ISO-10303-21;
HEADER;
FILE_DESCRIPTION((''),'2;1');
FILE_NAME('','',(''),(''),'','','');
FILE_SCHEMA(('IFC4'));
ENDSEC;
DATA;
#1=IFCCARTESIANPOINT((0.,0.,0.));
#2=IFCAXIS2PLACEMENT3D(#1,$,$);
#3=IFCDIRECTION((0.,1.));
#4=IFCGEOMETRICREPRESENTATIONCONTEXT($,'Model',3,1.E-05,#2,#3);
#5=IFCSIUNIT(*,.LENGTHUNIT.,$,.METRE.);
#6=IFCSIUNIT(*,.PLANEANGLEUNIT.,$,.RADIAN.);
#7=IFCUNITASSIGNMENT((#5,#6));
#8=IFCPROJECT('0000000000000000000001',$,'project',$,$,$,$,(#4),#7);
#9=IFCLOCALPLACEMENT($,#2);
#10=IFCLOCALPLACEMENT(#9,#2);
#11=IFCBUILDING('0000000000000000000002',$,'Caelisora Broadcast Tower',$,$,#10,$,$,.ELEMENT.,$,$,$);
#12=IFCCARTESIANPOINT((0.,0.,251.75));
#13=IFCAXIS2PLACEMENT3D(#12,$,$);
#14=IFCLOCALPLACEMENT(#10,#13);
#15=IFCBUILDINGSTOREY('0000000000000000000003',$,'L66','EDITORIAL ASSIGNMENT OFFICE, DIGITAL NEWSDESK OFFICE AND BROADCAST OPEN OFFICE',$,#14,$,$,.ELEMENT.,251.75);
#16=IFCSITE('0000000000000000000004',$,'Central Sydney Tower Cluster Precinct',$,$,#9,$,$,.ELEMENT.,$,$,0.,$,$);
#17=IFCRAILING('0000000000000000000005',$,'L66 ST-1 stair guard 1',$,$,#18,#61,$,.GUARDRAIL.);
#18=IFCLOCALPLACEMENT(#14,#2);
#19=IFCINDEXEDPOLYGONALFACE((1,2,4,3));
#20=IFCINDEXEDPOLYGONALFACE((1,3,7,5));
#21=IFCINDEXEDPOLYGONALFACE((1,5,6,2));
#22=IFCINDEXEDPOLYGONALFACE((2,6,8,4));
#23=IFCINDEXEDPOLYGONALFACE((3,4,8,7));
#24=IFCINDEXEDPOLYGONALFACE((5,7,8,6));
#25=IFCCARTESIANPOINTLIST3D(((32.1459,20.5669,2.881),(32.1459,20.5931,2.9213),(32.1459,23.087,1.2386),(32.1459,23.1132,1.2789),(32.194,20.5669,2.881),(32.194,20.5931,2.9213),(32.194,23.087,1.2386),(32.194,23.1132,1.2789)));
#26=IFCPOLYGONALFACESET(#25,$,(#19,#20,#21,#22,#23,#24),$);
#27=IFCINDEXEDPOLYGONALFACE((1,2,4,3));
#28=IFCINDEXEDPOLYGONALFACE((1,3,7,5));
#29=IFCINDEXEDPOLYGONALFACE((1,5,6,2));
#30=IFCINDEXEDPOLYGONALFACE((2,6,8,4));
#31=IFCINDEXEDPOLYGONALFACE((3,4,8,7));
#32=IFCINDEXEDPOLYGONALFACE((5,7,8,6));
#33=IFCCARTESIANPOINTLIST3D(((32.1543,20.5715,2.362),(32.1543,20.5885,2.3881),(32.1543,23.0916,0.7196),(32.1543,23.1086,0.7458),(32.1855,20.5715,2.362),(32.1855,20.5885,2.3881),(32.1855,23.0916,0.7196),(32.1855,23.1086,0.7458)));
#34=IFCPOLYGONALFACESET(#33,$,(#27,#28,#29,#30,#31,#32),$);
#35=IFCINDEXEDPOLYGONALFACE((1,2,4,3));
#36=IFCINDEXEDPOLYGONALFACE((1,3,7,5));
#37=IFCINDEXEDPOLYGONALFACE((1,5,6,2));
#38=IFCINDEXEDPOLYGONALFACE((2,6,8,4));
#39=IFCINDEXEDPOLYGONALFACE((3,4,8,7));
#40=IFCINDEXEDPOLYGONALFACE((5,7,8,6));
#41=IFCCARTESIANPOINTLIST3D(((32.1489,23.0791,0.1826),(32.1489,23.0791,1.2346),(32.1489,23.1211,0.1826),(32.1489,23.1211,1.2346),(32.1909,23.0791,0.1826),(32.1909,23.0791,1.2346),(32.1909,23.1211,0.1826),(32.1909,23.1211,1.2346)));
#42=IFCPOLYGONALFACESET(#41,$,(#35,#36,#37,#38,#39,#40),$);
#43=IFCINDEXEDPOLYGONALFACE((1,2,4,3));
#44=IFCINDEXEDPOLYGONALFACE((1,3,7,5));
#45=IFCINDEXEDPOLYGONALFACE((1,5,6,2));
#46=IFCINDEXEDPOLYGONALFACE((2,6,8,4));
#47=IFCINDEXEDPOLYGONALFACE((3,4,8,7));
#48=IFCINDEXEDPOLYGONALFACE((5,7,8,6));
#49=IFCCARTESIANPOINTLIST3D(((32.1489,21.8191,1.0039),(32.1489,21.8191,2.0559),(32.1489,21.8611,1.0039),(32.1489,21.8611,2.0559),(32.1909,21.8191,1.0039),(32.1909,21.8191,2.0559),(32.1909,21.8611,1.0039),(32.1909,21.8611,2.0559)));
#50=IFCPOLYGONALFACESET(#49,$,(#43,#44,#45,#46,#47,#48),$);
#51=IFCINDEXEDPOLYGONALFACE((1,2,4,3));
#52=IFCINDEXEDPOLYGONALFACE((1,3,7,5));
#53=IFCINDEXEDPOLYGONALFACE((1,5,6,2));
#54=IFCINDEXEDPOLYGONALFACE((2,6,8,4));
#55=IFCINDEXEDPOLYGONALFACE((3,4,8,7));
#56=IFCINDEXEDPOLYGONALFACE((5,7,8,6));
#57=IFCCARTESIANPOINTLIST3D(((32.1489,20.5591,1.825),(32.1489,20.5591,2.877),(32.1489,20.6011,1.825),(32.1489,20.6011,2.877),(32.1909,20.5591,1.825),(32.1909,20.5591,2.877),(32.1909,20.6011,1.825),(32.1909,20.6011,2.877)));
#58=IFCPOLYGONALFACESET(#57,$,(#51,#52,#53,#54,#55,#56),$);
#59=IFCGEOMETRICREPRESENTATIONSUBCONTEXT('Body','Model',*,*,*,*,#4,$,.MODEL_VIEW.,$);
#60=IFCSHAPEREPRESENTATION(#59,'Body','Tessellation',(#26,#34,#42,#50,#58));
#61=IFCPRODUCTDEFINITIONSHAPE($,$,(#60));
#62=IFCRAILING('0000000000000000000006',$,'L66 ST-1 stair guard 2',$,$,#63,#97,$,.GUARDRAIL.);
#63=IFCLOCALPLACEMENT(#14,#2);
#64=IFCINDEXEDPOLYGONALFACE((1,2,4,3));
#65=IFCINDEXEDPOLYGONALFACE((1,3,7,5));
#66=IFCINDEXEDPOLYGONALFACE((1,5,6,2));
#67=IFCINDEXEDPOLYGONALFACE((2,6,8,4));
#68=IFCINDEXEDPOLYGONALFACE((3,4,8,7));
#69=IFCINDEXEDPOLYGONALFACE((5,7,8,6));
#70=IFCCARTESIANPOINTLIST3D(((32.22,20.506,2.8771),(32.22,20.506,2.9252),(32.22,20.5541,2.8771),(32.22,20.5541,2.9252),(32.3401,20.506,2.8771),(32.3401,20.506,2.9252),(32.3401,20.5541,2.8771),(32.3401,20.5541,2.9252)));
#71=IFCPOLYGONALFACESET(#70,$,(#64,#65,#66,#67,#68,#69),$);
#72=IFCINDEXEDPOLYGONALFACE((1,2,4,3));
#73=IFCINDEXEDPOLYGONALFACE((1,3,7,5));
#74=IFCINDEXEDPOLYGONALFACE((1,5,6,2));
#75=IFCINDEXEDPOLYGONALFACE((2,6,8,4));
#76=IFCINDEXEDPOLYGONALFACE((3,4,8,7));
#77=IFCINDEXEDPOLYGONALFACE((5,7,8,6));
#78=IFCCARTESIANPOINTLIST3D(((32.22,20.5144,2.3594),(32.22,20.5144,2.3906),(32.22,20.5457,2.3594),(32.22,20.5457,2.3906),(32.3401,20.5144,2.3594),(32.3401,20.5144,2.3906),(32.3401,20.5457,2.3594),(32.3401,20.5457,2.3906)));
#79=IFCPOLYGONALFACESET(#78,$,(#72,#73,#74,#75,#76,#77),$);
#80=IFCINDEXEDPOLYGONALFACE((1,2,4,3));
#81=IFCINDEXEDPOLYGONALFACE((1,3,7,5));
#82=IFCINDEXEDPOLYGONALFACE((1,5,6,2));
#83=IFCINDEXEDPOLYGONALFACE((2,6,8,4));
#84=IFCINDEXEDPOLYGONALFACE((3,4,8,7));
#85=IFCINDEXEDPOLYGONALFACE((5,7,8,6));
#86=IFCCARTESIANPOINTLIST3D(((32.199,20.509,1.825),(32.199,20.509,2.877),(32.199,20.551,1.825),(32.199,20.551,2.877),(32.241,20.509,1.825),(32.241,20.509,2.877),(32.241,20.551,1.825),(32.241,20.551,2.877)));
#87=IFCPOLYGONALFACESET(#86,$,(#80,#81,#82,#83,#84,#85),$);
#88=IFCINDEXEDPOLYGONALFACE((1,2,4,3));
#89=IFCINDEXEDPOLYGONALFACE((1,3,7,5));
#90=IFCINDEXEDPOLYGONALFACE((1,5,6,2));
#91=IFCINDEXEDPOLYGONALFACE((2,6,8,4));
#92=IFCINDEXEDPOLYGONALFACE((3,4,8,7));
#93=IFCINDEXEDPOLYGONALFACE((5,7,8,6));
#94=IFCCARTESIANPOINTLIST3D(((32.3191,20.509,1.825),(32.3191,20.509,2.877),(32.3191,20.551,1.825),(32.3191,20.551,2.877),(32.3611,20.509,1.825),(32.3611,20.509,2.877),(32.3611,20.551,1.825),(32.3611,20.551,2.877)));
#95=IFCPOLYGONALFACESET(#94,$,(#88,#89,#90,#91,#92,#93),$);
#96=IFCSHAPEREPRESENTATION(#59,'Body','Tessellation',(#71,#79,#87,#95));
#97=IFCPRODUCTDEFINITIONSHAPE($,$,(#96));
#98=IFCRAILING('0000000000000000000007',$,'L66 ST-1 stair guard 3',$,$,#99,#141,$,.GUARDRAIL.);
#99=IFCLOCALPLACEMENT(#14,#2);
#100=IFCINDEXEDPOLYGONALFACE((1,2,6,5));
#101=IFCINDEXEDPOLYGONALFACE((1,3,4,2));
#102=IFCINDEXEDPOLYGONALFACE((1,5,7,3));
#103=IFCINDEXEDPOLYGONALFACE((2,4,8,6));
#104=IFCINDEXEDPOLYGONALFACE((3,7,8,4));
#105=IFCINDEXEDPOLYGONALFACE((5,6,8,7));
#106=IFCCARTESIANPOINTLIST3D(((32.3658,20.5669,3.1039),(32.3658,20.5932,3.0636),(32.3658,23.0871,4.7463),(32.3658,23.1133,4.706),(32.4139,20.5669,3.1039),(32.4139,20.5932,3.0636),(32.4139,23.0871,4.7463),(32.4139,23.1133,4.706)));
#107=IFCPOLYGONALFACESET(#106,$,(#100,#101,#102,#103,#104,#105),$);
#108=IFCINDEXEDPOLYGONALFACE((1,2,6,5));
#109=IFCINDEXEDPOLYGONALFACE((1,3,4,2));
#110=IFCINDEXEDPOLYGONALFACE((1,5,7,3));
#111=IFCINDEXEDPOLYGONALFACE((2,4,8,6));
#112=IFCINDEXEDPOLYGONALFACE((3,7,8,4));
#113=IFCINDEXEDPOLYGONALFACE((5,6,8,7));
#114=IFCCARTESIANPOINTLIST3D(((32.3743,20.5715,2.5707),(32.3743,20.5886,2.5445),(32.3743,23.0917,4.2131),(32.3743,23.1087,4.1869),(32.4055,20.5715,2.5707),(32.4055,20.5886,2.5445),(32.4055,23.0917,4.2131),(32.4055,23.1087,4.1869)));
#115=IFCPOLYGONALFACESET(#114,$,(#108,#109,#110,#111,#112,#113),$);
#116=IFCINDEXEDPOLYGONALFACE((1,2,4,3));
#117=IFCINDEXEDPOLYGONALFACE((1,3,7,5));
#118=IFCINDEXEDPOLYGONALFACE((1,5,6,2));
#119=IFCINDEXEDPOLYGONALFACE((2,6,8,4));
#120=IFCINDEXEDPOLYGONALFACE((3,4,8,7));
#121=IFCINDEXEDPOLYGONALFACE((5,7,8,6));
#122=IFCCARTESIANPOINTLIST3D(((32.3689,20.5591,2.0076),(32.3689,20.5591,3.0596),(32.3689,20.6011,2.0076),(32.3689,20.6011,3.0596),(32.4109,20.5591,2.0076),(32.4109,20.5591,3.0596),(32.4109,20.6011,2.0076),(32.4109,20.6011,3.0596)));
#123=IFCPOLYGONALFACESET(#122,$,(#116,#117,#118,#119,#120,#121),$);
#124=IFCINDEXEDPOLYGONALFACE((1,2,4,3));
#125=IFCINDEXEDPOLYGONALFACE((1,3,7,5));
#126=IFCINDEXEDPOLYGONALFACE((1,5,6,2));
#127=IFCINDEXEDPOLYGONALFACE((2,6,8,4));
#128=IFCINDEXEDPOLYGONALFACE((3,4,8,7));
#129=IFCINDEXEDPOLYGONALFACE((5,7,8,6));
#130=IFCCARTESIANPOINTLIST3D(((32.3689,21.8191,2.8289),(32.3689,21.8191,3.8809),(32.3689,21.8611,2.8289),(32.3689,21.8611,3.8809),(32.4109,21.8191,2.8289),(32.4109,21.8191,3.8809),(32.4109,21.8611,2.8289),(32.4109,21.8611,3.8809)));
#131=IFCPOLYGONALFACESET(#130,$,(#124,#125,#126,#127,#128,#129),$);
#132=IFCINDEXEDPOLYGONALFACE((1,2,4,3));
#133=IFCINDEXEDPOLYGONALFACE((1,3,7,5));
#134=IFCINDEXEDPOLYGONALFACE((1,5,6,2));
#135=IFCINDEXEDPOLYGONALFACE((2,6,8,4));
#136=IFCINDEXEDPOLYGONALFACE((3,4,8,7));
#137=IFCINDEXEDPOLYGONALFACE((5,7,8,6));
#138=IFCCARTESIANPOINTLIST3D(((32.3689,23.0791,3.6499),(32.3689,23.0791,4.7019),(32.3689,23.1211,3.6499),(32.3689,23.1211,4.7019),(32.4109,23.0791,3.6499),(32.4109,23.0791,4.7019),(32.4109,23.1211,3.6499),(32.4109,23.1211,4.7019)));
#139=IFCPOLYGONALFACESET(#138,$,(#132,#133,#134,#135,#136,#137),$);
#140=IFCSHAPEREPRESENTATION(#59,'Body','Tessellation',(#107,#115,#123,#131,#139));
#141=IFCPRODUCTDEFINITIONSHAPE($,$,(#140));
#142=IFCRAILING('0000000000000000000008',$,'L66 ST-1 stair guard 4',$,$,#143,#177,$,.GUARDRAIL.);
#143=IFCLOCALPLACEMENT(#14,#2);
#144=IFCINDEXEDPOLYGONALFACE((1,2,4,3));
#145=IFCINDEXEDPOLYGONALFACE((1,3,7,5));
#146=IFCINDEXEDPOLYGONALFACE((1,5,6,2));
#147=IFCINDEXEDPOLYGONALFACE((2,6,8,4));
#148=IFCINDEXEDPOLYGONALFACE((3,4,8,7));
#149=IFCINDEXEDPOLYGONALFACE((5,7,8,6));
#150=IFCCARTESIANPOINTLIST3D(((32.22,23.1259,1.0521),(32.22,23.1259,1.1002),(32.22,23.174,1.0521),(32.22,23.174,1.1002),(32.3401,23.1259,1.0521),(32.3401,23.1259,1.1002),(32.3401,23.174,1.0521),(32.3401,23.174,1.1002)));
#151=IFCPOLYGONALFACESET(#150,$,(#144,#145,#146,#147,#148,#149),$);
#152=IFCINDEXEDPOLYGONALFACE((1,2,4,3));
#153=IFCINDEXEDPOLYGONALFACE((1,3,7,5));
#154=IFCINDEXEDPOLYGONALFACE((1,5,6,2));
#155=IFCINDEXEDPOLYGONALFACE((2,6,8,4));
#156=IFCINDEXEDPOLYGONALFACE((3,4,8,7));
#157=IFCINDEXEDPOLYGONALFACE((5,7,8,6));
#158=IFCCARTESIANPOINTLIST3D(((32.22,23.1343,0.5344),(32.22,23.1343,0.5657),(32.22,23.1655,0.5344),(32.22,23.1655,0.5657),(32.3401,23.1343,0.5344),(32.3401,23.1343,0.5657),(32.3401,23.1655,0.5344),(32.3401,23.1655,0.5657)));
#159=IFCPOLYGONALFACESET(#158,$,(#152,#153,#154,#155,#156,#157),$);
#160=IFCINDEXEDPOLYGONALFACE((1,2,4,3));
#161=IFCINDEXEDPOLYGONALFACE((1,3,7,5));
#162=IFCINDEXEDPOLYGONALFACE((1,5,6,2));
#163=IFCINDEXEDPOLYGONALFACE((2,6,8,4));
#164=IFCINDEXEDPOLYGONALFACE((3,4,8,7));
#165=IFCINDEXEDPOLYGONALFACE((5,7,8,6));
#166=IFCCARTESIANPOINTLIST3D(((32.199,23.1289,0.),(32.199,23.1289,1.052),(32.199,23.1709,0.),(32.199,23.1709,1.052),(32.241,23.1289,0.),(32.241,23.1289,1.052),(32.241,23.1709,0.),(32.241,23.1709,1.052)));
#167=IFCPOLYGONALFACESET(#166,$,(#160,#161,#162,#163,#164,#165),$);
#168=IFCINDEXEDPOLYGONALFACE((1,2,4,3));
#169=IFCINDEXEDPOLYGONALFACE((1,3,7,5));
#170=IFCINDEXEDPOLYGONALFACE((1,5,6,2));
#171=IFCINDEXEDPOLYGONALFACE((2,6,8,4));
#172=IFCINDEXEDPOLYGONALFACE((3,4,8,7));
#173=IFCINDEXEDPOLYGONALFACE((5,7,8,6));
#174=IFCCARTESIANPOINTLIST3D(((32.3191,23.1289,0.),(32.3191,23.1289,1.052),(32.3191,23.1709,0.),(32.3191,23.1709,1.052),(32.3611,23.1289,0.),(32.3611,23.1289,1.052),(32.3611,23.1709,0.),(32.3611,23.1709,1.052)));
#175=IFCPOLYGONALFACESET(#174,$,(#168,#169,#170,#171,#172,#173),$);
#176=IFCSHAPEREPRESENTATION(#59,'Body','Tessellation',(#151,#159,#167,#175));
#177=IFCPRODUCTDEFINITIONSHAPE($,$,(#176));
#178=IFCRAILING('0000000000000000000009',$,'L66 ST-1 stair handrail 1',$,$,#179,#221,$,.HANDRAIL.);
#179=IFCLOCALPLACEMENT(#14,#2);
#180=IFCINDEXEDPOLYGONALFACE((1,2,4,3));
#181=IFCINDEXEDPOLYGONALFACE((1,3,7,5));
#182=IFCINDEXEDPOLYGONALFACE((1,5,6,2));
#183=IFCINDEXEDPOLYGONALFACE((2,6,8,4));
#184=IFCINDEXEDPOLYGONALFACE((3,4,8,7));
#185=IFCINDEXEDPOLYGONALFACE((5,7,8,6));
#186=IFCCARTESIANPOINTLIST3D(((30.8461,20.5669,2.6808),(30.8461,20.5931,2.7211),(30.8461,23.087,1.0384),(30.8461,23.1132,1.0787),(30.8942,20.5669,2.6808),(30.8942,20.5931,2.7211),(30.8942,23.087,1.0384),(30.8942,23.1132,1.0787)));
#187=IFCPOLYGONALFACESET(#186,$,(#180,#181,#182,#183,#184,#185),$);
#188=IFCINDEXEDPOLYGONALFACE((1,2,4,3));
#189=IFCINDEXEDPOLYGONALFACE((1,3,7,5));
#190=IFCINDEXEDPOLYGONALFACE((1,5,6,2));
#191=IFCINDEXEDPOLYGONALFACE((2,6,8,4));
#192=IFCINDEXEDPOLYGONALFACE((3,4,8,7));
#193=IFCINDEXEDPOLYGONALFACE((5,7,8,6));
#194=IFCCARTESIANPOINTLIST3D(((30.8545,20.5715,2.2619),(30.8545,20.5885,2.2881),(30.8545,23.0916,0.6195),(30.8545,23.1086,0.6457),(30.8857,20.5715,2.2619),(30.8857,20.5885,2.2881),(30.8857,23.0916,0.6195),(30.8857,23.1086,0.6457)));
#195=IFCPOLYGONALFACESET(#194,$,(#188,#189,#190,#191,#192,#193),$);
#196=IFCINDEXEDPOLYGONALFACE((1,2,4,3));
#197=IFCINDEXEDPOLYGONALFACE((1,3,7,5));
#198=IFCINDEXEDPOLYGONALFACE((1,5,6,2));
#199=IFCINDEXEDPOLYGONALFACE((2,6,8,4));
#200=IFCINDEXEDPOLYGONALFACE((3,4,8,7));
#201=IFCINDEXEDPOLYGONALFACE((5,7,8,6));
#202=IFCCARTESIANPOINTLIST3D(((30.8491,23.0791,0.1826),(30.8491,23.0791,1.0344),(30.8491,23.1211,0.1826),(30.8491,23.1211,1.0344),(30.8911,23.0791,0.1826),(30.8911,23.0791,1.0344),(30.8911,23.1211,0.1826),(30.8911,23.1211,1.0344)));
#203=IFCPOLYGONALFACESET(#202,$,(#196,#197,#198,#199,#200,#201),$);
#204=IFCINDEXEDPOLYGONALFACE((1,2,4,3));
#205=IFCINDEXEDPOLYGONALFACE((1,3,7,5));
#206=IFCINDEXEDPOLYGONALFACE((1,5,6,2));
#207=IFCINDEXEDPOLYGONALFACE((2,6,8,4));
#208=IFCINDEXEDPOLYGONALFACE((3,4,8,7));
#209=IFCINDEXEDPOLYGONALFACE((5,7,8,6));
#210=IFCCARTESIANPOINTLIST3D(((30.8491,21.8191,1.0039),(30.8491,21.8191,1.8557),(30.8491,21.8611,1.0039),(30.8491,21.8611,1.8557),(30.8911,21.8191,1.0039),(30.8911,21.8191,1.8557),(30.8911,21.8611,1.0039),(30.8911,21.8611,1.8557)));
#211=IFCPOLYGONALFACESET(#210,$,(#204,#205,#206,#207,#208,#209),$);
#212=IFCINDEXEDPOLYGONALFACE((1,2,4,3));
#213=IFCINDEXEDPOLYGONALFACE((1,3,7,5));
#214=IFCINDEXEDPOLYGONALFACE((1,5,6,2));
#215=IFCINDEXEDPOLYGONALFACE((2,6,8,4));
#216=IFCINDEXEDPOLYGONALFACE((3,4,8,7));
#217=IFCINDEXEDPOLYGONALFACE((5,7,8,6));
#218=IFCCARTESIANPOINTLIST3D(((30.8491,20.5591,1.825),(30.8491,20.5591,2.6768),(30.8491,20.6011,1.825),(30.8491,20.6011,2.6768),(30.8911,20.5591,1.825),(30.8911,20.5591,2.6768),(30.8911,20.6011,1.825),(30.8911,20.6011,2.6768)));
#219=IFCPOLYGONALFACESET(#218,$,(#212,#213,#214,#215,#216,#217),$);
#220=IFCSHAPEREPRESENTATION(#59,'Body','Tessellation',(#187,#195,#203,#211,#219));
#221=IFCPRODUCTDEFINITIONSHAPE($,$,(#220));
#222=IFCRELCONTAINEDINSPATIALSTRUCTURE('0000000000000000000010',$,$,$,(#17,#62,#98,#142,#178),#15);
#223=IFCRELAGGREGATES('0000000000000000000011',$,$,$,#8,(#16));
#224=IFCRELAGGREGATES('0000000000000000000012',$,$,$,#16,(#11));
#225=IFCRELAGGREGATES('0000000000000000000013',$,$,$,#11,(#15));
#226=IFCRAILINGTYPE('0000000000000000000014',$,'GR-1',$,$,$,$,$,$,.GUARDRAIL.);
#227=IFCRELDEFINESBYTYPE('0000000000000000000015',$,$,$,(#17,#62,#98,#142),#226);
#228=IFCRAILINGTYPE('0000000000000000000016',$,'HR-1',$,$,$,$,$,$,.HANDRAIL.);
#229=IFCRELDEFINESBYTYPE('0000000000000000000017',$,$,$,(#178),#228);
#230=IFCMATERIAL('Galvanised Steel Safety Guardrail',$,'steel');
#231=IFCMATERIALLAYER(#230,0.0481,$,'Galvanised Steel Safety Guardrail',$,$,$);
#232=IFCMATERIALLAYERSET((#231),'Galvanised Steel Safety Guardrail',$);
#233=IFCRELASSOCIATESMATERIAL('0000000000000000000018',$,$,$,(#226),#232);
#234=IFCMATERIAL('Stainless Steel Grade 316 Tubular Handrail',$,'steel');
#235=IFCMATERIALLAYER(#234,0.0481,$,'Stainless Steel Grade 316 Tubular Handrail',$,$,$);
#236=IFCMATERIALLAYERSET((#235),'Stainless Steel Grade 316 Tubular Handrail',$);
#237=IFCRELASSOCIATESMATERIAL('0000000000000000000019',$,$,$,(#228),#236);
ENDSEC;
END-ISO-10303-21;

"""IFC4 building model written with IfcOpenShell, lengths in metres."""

from ifc_helpers import new_model, si_unit, direction, frame, origin, origin_2d, place, context, subcontext, project, spatial, rectangle, extrude, material, layer, layer_set, type_object, element, save


model = new_model("IFC4")

# Units and contexts
model_context = context("Model", 3, precision=1e-05, world=origin(), true_north=direction((0.0, 1.0)))
body_context = subcontext(model_context, "Body", "Model", "MODEL_VIEW")
ifc_project = project(units=[si_unit("LENGTHUNIT", "METRE"), si_unit("PLANEANGLEUNIT", "RADIAN")], contexts=[model_context])

# Site, building, storey
site_placement = place(None, origin())
site = spatial("IfcSite", under=ifc_project, at=site_placement, Name="Central Sydney Tower Cluster Precinct", CompositionType="ELEMENT", RefElevation=0.0)
building_placement = place(site_placement, origin())
building = spatial("IfcBuilding", under=site, at=building_placement, Name="Caelisora Broadcast Tower", CompositionType="ELEMENT")
storey_placement = place(building_placement, frame((0.0, 0.0, 251.75)))
storey = spatial("IfcBuildingStorey", under=building, at=storey_placement, Name="L66", Description="EDITORIAL ASSIGNMENT OFFICE, DIGITAL NEWSDESK OFFICE AND BROADCAST OPEN OFFICE", CompositionType="ELEMENT", Elevation=251.75)

# Railings
ifc_material_1 = material(Name="Galvanised Steel Safety Guardrail", Category="steel")
ifc_layer_1 = layer(ifc_material_1, 0.0481, Name="Galvanised Steel Safety Guardrail")
ifc_layer_set_1 = layer_set([ifc_layer_1], Name="Galvanised Steel Safety Guardrail")
railing_type_1 = type_object("IfcRailingType", Name="GR-1", PredefinedType="GUARDRAIL", material=ifc_layer_set_1)
railing_1_placement = place(storey_placement, frame((32.1699, 23.1001, 0.1826)))
element("IfcRailing", 1, at=railing_1_placement, inside=storey, type_object=railing_type_1, Name="L66 ST-1 stair guard 1", PredefinedType="GUARDRAIL", context=body_context, shape_type="SweptSolid", body=[
    extrude(rectangle(XDim=0.0481, YDim=0.0481, at=origin_2d()), frame((0.0, 0.0, 1.0762), z_axis=(0.0, -0.837787, 0.545998), x_axis=(1.0, 0.0, 0.0)), (0.0, 0.0, 1.0), 3.0081),
    extrude(rectangle(XDim=0.0312, YDim=0.0312, at=origin_2d()), frame((0.0, 0.0, 0.55), z_axis=(0.0, -0.837787, 0.545998), x_axis=(1.0, 0.0, 0.0)), (0.0, 0.0, 1.0), 3.0081),
    extrude(rectangle(XDim=0.042, YDim=0.042, at=origin_2d()), origin(), (0.0, 0.0, 1.0), 1.052),
    extrude(rectangle(XDim=0.042, YDim=0.042, at=origin_2d()), frame((0.0, -1.26, 0.8213)), (0.0, 0.0, 1.0), 1.052),
    extrude(rectangle(XDim=0.042, YDim=0.042, at=origin_2d()), frame((0.0, -2.52, 1.6423)), (0.0, 0.0, 1.0), 1.052),
])
railing_2_placement = place(storey_placement, frame((32.22, 20.53, 1.825)))
element("IfcRailing", 2, at=railing_2_placement, inside=storey, type_object=railing_type_1, Name="L66 ST-1 stair guard 2", PredefinedType="GUARDRAIL", context=body_context, shape_type="SweptSolid", body=[
    extrude(rectangle(XDim=0.0481, YDim=0.0481, at=origin_2d()), frame((0.0, 0.0, 1.0762), z_axis=(1.0, 0.0, 0.0), x_axis=(0.0, 1.0, 0.0)), (0.0, 0.0, 1.0), 0.1201),
    extrude(rectangle(XDim=0.0312, YDim=0.0312, at=origin_2d()), frame((0.0, 0.0, 0.55), z_axis=(1.0, 0.0, 0.0), x_axis=(0.0, 1.0, 0.0)), (0.0, 0.0, 1.0), 0.1201),
    extrude(rectangle(XDim=0.042, YDim=0.042, at=origin_2d()), origin(), (0.0, 0.0, 1.0), 1.052),
    extrude(rectangle(XDim=0.042, YDim=0.042, at=origin_2d()), frame((0.1201, 0.0, 0.0)), (0.0, 0.0, 1.0), 1.052),
])
railing_3_placement = place(storey_placement, frame((32.3899, 20.5801, 2.0076)))
element("IfcRailing", 3, at=railing_3_placement, inside=storey, type_object=railing_type_1, Name="L66 ST-1 stair guard 3", PredefinedType="GUARDRAIL", context=body_context, shape_type="SweptSolid", body=[
    extrude(rectangle(XDim=0.0481, YDim=0.0481, at=origin_2d()), frame((0.0, 0.0, 1.0762), z_axis=(0.0, 0.837787, 0.545998), x_axis=(-1.0, 0.0, 0.0)), (0.0, 0.0, 1.0), 3.0081),
    extrude(rectangle(XDim=0.0312, YDim=0.0312, at=origin_2d()), frame((0.0, 0.0, 0.55), z_axis=(0.0, 0.837787, 0.545998), x_axis=(-1.0, 0.0, 0.0)), (0.0, 0.0, 1.0), 3.0081),
    extrude(rectangle(XDim=0.042, YDim=0.042, at=origin_2d()), origin(), (0.0, 0.0, 1.0), 1.052),
    extrude(rectangle(XDim=0.042, YDim=0.042, at=origin_2d()), frame((0.0, 1.26, 0.8213)), (0.0, 0.0, 1.0), 1.052),
    extrude(rectangle(XDim=0.042, YDim=0.042, at=origin_2d()), frame((0.0, 2.52, 1.6423)), (0.0, 0.0, 1.0), 1.052),
])
railing_4_placement = place(storey_placement, frame((32.22, 23.1499, 0.0)))
element("IfcRailing", 4, at=railing_4_placement, inside=storey, type_object=railing_type_1, Name="L66 ST-1 stair guard 4", PredefinedType="GUARDRAIL", context=body_context, shape_type="SweptSolid", body=[
    extrude(rectangle(XDim=0.0481, YDim=0.0481, at=origin_2d()), frame((0.0, 0.0, 1.0762), z_axis=(1.0, 0.0, 0.0), x_axis=(0.0, 1.0, 0.0)), (0.0, 0.0, 1.0), 0.1201),
    extrude(rectangle(XDim=0.0312, YDim=0.0312, at=origin_2d()), frame((0.0, 0.0, 0.55), z_axis=(1.0, 0.0, 0.0), x_axis=(0.0, 1.0, 0.0)), (0.0, 0.0, 1.0), 0.1201),
    extrude(rectangle(XDim=0.042, YDim=0.042, at=origin_2d()), origin(), (0.0, 0.0, 1.0), 1.052),
    extrude(rectangle(XDim=0.042, YDim=0.042, at=origin_2d()), frame((0.1201, 0.0, 0.0)), (0.0, 0.0, 1.0), 1.052),
])
ifc_material_2 = material(Name="Stainless Steel Grade 316 Tubular Handrail", Category="steel")
ifc_layer_2 = layer(ifc_material_2, 0.0481, Name="Stainless Steel Grade 316 Tubular Handrail")
ifc_layer_set_2 = layer_set([ifc_layer_2], Name="Stainless Steel Grade 316 Tubular Handrail")
railing_type_2 = type_object("IfcRailingType", Name="HR-1", PredefinedType="HANDRAIL", material=ifc_layer_set_2)
railing_5_placement = place(storey_placement, frame((30.8701, 23.1001, 0.1826)))
element("IfcRailing", 5, at=railing_5_placement, inside=storey, type_object=railing_type_2, Name="L66 ST-1 stair handrail 1", PredefinedType="HANDRAIL", context=body_context, shape_type="SweptSolid", body=[
    extrude(rectangle(XDim=0.0481, YDim=0.0481, at=origin_2d()), frame((0.0, 0.0, 0.876), z_axis=(0.0, -0.837787, 0.545998), x_axis=(1.0, 0.0, 0.0)), (0.0, 0.0, 1.0), 3.0081),
    extrude(rectangle(XDim=0.0312, YDim=0.0312, at=origin_2d()), frame((0.0, 0.0, 0.45), z_axis=(0.0, -0.837787, 0.545998), x_axis=(1.0, 0.0, 0.0)), (0.0, 0.0, 1.0), 3.0081),
    extrude(rectangle(XDim=0.042, YDim=0.042, at=origin_2d()), origin(), (0.0, 0.0, 1.0), 0.8518),
    extrude(rectangle(XDim=0.042, YDim=0.042, at=origin_2d()), frame((0.0, -1.26, 0.8213)), (0.0, 0.0, 1.0), 0.8518),
    extrude(rectangle(XDim=0.042, YDim=0.042, at=origin_2d()), frame((0.0, -2.52, 1.6423)), (0.0, 0.0, 1.0), 0.8518),
])

save(model, "model.ifc")
